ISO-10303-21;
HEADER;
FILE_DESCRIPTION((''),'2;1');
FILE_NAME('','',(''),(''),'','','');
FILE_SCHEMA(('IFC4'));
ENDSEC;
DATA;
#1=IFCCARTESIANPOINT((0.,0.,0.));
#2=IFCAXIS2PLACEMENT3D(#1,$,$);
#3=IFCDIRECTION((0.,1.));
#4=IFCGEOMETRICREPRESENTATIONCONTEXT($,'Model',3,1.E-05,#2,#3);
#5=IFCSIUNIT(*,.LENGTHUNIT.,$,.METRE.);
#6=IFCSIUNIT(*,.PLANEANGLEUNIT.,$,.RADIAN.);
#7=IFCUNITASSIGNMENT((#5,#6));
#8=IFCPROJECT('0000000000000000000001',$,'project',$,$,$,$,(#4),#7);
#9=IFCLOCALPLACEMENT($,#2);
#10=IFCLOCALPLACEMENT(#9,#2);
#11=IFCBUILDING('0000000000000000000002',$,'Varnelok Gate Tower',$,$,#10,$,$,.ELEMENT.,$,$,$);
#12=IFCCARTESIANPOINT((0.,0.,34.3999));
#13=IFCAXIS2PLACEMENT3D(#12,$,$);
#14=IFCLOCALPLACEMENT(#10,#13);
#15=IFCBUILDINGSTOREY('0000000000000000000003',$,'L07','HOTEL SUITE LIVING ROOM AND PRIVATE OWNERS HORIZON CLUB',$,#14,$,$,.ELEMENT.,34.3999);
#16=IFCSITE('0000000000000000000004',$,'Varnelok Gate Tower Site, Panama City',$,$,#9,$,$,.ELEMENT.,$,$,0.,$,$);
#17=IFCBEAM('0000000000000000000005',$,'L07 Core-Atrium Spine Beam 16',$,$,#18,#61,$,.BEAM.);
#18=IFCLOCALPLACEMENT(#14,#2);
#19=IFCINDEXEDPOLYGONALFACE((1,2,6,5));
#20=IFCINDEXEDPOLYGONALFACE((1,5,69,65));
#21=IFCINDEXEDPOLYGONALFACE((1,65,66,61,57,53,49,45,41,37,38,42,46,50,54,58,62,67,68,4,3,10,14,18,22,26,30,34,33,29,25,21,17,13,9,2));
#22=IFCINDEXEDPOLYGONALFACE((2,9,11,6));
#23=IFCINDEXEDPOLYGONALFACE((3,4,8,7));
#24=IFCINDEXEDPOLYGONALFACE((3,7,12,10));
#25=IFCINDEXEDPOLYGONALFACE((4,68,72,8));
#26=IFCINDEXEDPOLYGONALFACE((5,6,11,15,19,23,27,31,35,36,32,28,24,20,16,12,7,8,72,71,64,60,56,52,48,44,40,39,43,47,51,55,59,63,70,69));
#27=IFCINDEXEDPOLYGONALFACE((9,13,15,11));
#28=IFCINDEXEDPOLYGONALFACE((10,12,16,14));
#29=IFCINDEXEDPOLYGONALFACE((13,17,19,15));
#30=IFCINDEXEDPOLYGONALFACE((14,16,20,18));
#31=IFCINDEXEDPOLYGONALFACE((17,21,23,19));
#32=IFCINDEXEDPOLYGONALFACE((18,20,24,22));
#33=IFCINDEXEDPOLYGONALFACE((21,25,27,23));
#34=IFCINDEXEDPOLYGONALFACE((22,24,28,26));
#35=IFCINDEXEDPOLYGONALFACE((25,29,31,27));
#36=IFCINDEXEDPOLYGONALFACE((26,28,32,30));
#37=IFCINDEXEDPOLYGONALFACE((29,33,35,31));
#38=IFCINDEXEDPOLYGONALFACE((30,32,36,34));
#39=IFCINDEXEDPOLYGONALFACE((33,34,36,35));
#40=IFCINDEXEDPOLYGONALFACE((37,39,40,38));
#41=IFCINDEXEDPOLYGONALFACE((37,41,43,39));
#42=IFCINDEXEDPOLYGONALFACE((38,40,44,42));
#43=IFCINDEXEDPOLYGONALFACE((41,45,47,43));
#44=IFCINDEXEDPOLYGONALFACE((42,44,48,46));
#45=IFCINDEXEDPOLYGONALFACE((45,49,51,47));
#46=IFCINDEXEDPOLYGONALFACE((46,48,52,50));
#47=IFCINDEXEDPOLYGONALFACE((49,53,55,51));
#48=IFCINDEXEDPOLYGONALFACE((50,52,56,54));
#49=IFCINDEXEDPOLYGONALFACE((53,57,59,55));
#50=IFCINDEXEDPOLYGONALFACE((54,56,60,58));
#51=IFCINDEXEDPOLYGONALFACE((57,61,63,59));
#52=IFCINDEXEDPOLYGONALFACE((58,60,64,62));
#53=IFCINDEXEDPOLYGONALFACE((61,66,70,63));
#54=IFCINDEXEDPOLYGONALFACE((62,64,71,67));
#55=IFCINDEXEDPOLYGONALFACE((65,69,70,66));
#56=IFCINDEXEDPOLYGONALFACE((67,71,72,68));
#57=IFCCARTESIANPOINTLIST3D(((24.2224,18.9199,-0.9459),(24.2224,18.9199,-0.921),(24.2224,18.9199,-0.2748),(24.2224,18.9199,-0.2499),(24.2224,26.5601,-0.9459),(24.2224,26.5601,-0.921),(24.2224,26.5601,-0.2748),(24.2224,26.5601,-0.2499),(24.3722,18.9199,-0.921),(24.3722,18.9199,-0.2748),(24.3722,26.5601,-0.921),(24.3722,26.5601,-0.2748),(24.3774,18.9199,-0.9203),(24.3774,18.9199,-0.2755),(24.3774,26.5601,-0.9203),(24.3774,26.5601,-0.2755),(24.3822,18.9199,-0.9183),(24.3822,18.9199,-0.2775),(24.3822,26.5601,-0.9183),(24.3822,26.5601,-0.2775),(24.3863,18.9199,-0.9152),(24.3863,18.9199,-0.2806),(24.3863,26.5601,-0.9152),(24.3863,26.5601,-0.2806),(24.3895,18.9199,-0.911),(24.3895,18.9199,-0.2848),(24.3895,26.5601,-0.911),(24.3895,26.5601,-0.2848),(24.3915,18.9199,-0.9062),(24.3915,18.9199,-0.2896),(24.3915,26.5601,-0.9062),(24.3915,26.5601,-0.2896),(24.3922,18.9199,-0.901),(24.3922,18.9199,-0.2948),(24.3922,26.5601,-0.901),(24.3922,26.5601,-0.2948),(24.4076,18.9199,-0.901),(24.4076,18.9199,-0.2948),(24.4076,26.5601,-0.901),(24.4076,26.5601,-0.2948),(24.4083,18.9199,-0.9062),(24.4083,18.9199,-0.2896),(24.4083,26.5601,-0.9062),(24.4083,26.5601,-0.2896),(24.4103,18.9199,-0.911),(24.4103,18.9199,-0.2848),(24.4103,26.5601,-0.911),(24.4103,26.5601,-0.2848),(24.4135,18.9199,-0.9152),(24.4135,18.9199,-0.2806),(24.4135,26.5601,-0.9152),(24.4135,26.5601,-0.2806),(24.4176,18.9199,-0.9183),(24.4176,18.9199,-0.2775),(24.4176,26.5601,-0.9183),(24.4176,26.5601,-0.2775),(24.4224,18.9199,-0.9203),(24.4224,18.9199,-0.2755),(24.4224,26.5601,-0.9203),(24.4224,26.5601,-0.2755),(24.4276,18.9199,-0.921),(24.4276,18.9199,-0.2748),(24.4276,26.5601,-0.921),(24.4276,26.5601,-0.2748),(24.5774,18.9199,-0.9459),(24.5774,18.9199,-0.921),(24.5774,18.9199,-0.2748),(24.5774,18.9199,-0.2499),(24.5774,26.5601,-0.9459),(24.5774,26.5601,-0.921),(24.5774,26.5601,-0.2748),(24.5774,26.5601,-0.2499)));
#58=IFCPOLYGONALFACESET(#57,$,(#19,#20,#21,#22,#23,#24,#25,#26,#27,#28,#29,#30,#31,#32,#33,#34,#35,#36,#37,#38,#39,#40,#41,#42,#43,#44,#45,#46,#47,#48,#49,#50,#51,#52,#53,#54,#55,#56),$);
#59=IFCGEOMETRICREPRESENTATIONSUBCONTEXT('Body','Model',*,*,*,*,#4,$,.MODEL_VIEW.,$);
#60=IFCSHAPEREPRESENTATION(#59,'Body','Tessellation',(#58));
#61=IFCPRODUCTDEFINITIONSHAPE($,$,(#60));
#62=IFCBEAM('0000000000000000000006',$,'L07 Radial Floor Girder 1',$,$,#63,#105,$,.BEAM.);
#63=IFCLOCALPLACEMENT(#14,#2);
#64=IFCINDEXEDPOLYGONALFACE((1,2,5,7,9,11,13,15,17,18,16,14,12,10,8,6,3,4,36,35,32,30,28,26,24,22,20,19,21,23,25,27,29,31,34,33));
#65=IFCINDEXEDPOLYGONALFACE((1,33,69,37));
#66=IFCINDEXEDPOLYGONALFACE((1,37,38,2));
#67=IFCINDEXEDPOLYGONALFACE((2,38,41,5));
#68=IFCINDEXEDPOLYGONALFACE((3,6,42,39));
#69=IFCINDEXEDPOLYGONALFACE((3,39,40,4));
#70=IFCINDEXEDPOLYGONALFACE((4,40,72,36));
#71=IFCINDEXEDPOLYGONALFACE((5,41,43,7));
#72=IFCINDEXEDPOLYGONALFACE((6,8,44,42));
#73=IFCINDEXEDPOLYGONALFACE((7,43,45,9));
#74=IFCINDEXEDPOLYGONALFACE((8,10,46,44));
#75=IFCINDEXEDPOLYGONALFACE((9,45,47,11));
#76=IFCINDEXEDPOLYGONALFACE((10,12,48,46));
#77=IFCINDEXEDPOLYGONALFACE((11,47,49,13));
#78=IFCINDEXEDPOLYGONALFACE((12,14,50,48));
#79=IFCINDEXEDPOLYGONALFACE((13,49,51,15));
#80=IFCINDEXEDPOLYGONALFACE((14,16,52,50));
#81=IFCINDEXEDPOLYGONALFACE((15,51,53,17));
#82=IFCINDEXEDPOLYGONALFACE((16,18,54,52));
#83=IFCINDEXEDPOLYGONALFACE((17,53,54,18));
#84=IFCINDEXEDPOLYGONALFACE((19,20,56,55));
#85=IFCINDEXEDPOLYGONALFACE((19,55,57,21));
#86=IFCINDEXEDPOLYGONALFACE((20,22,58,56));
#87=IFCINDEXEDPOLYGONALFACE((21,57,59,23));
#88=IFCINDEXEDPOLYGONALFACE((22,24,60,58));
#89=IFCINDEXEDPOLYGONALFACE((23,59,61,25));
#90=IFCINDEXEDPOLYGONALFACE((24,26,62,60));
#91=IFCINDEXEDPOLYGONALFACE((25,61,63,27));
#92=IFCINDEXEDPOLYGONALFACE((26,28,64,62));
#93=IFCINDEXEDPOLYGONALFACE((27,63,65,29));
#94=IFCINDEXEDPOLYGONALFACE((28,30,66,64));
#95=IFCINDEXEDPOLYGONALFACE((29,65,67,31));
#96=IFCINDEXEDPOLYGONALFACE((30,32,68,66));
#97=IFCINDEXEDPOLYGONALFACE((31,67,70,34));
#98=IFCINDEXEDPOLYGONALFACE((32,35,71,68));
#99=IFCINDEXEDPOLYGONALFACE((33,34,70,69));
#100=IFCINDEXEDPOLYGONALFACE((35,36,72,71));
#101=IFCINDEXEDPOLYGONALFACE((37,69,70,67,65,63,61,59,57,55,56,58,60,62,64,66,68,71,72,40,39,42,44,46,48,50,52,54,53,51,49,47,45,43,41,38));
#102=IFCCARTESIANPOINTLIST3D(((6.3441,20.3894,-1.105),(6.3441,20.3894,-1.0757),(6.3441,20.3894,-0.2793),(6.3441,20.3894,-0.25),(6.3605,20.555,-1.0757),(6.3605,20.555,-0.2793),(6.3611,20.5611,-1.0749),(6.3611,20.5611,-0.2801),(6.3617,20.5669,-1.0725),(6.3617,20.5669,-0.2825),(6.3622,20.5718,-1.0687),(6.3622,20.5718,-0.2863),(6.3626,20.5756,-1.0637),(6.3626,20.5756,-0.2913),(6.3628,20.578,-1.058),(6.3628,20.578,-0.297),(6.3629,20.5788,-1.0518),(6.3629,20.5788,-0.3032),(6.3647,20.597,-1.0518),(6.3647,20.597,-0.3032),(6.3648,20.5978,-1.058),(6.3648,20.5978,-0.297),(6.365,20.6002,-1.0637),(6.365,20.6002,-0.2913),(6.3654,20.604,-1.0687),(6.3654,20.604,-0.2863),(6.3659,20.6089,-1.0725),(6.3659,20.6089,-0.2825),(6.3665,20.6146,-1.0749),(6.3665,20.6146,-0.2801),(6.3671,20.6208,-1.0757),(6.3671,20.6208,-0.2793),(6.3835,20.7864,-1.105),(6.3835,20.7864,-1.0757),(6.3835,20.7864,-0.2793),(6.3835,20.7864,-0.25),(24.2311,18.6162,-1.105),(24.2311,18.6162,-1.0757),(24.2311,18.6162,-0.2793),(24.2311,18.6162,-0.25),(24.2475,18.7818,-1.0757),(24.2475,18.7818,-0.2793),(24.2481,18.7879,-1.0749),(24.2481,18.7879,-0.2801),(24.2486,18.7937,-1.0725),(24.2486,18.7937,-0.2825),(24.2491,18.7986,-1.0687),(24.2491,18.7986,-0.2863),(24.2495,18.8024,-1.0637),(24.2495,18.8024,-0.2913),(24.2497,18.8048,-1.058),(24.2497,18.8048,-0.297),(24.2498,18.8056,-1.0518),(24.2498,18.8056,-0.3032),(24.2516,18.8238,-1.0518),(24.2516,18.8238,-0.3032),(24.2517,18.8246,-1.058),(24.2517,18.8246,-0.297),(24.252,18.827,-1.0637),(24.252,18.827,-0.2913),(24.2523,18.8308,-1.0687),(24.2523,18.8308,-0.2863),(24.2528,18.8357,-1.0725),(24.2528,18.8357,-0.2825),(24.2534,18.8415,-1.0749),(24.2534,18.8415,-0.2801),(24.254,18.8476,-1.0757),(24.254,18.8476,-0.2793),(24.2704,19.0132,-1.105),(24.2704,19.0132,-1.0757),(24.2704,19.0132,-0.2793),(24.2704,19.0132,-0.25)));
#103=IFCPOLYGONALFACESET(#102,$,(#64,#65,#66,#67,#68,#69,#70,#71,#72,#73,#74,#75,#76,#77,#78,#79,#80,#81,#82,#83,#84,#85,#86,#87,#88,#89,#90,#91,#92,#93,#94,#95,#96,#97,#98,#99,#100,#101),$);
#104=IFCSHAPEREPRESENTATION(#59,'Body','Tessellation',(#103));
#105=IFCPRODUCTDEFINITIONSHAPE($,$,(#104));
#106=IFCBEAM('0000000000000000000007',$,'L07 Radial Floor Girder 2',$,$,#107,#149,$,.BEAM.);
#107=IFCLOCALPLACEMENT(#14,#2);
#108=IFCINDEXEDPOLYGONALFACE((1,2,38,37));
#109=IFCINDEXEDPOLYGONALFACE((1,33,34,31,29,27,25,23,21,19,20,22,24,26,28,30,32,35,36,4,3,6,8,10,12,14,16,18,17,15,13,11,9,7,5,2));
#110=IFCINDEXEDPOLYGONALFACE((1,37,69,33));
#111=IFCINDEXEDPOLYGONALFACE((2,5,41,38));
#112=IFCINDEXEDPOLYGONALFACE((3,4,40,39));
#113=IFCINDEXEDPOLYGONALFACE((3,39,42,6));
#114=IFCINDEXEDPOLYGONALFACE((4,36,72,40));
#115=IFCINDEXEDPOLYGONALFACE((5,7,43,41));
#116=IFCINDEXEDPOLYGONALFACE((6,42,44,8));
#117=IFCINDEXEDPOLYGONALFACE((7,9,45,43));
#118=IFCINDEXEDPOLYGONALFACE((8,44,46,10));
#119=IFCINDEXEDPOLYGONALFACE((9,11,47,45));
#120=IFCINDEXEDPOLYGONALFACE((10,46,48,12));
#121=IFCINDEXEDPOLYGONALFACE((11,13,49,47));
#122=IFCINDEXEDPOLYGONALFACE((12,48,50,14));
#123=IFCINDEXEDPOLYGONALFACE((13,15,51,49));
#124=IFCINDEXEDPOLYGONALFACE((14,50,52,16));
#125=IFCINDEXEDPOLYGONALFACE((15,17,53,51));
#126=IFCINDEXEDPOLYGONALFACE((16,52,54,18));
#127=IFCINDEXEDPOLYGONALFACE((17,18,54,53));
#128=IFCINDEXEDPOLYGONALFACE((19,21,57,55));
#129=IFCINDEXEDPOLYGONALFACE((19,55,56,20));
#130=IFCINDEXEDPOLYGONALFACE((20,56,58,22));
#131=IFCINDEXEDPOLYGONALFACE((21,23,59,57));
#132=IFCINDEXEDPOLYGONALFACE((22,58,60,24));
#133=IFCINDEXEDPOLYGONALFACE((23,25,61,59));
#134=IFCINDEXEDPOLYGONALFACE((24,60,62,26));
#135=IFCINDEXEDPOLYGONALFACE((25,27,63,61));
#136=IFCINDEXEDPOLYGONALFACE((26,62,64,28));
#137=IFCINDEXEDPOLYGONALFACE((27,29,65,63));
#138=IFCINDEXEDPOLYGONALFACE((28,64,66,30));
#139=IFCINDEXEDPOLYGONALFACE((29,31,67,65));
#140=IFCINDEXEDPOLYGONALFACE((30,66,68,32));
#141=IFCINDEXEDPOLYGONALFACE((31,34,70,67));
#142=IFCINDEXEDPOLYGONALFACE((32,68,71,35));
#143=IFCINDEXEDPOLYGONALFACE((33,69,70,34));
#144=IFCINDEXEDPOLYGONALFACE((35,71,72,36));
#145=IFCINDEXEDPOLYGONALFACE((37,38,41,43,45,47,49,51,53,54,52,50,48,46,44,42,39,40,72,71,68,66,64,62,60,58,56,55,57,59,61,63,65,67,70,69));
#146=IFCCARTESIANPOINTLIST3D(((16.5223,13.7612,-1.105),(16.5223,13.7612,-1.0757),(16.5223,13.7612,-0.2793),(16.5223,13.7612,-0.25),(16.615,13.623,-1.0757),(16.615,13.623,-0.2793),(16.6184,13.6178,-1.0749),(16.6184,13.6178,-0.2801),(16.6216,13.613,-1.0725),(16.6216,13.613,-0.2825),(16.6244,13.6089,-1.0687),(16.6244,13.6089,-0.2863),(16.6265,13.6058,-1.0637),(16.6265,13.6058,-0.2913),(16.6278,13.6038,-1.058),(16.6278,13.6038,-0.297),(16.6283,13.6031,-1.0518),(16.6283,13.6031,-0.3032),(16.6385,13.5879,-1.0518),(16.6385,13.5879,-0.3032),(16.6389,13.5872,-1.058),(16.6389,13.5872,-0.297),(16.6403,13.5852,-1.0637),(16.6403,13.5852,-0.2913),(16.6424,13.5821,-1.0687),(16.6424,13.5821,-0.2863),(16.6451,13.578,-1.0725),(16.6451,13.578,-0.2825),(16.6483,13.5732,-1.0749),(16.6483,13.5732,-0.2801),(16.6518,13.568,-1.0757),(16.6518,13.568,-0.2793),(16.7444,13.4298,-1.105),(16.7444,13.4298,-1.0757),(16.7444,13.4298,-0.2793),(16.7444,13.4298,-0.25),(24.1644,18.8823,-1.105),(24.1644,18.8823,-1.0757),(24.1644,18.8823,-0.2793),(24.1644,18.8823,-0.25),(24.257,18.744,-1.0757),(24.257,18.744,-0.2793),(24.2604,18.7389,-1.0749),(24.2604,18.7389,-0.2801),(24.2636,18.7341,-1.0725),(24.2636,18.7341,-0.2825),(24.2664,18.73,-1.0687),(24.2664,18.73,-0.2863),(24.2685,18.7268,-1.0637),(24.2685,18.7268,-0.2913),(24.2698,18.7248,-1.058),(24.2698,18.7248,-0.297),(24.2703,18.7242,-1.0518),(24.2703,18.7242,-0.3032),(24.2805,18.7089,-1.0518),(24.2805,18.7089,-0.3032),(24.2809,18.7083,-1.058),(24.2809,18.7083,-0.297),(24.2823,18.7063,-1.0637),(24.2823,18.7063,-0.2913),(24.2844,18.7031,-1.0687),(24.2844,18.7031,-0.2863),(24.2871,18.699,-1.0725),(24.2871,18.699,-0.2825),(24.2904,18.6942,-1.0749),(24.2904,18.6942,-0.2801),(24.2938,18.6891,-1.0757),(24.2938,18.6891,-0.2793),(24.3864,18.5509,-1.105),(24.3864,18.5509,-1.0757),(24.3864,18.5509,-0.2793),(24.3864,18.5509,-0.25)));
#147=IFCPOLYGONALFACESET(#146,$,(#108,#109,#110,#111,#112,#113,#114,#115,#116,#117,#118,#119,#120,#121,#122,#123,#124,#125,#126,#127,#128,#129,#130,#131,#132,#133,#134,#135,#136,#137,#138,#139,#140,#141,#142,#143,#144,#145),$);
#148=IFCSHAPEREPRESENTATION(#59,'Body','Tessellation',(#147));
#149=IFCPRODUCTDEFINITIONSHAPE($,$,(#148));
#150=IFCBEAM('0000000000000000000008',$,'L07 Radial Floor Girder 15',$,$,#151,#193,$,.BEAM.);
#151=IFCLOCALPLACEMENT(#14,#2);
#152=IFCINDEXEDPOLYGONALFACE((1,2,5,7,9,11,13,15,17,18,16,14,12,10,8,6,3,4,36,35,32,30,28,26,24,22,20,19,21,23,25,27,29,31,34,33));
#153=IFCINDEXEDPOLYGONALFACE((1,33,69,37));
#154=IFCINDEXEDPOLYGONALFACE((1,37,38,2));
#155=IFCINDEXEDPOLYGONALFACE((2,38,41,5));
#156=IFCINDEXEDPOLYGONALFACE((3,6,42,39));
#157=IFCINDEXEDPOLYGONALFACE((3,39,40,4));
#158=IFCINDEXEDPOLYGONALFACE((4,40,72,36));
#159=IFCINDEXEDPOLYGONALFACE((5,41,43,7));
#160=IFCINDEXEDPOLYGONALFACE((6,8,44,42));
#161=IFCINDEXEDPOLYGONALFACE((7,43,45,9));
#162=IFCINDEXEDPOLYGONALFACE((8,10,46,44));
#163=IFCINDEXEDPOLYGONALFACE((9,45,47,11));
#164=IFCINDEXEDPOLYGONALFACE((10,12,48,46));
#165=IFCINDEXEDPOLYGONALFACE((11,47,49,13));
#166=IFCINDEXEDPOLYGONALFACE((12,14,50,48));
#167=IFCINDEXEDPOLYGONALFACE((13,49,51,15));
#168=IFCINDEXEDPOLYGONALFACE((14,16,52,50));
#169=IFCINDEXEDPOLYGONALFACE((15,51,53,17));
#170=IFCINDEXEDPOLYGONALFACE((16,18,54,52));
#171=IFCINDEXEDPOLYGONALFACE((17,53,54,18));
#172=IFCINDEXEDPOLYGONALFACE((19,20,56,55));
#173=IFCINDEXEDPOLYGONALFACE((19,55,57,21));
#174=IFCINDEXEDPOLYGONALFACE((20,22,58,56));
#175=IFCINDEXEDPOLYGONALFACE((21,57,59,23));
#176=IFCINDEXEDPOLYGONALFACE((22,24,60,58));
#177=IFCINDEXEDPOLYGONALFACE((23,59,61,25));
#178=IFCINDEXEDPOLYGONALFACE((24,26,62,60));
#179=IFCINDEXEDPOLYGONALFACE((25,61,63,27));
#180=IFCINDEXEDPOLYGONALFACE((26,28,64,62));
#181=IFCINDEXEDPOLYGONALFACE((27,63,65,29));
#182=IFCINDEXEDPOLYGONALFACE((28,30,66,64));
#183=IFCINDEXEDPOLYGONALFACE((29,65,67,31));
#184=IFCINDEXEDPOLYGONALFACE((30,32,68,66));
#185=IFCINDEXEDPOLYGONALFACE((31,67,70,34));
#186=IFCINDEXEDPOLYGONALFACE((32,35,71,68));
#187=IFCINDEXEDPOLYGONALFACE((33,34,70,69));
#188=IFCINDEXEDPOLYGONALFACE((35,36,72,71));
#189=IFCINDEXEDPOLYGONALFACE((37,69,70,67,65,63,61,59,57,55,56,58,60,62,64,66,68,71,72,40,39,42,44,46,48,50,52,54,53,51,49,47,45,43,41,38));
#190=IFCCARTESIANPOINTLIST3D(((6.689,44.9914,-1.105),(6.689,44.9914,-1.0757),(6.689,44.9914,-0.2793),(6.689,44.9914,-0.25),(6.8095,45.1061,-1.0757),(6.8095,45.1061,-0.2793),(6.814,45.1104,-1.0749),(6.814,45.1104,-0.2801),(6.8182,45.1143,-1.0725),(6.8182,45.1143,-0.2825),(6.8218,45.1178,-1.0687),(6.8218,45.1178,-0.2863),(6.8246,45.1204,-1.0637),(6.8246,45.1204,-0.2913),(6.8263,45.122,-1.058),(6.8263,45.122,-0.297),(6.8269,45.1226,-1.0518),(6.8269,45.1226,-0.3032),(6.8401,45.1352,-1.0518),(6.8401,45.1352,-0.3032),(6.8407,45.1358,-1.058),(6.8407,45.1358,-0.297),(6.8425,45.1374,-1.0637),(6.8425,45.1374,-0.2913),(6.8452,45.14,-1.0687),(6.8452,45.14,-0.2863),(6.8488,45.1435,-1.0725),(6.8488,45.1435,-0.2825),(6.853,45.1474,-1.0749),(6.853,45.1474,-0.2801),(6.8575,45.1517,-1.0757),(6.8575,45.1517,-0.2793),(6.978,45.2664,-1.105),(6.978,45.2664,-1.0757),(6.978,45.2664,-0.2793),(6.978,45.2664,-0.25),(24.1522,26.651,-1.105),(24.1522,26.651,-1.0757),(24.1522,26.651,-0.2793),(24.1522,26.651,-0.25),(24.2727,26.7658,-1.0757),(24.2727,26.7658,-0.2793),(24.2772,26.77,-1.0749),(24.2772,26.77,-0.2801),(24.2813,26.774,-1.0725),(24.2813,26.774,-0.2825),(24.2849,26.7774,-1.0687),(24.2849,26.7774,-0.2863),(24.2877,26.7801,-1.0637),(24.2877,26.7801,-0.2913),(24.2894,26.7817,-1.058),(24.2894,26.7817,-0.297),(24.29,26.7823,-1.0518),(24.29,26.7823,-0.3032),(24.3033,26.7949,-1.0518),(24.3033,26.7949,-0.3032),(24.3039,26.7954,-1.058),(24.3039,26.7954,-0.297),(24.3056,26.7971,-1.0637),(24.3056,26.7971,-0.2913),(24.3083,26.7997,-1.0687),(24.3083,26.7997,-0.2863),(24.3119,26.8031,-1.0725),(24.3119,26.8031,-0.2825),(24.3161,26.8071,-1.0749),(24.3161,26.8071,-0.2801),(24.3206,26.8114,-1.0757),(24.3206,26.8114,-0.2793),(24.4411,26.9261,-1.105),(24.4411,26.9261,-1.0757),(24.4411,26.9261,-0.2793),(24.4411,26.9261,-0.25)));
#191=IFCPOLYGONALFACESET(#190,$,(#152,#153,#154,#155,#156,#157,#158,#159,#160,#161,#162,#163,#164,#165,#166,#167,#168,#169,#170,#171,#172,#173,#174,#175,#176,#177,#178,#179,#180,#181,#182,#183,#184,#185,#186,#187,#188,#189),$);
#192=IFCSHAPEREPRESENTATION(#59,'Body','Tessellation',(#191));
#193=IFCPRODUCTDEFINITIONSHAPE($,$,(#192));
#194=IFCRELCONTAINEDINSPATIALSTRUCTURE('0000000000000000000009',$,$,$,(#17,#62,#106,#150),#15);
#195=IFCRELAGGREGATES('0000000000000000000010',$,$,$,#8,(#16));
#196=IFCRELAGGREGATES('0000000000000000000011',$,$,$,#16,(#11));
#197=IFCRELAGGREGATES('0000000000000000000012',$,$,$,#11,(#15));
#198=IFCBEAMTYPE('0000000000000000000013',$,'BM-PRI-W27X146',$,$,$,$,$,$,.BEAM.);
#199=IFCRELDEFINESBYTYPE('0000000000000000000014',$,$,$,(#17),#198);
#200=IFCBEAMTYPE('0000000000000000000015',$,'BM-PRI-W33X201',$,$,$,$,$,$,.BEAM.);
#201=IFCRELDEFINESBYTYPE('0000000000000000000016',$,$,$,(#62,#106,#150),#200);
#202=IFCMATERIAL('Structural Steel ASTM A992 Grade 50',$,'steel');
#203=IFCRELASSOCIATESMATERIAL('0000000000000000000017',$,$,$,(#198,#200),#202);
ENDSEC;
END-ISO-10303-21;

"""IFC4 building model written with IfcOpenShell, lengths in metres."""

from ifc_helpers import new_model, si_unit, direction, frame, origin, origin_2d, place, context, subcontext, project, spatial, i_section, extrude, material, material_profile, profile_set, type_object, element, save


model = new_model("IFC4")

# Units and contexts
model_context = context("Model", 3, precision=1e-05, world=origin(), true_north=direction((0.0, 1.0)))
body_context = subcontext(model_context, "Body", "Model", "MODEL_VIEW")
ifc_project = project(units=[si_unit("LENGTHUNIT", "METRE"), si_unit("PLANEANGLEUNIT", "RADIAN")], contexts=[model_context])

# Site, building, storey
site_placement = place(None, origin())
site = spatial("IfcSite", under=ifc_project, at=site_placement, Name="Varnelok Gate Tower Site, Panama City", CompositionType="ELEMENT", RefElevation=0.0)
building_placement = place(site_placement, origin())
building = spatial("IfcBuilding", under=site, at=building_placement, Name="Varnelok Gate Tower", CompositionType="ELEMENT")
storey_placement = place(building_placement, frame((0.0, 0.0, 34.3999)))
storey = spatial("IfcBuildingStorey", under=building, at=storey_placement, Name="L07", Description="HOTEL SUITE LIVING ROOM AND PRIVATE OWNERS HORIZON CLUB", CompositionType="ELEMENT", Elevation=34.3999)

# Shared definitions
ifc_material_1 = material(Name="Structural Steel ASTM A992 Grade 50", Category="steel")

# Beams
ifc_material_profile_1 = material_profile(ifc_material_1, i_section(OverallWidth=0.355, OverallDepth=0.696, WebThickness=0.0154, FlangeThickness=0.0249, FilletRadius=0.02, at=origin_2d()), Name="W27X146")
ifc_profile_set_1 = profile_set([ifc_material_profile_1], Name="Structural Steel ASTM A992 Grade 50")
beam_type_1 = type_object("IfcBeamType", Name="BM-PRI-W27X146", PredefinedType="BEAM", material=ifc_profile_set_1)
beam_1_placement = place(storey_placement, frame((24.3999, 18.9199, -0.5979), z_axis=(0.0, 1.0, 0.0), x_axis=(-1.0, 0.0, 0.0)))
element("IfcBeam", 1, at=beam_1_placement, inside=storey, type_object=beam_type_1, Name="L07 Core-Atrium Spine Beam 16", PredefinedType="BEAM", context=body_context, shape_type="SweptSolid", body=[
    extrude(i_section(OverallWidth=0.355, OverallDepth=0.696, WebThickness=0.0154, FlangeThickness=0.0249, FilletRadius=0.02, at=origin_2d()), origin(), (0.0, 0.0, 1.0), 7.6401),
])
ifc_material_profile_2 = material_profile(ifc_material_1, i_section(OverallWidth=0.3989, OverallDepth=0.855, WebThickness=0.0183, FlangeThickness=0.0293, FilletRadius=0.0239, at=origin_2d()), Name="W33X201")
ifc_profile_set_2 = profile_set([ifc_material_profile_2], Name="Structural Steel ASTM A992 Grade 50")
beam_type_2 = type_object("IfcBeamType", Name="BM-PRI-W33X201", PredefinedType="BEAM", material=ifc_profile_set_2)
beam_2_placement = place(storey_placement, frame((24.2507, 18.8147, -0.6775), z_axis=(-0.995122, 0.09865, 0.0), x_axis=(-0.09865, -0.995122, 0.0)))
element("IfcBeam", 2, at=beam_2_placement, inside=storey, type_object=beam_type_2, Name="L07 Radial Floor Girder 1", PredefinedType="BEAM", context=body_context, shape_type="SweptSolid", body=[
    extrude(i_section(OverallWidth=0.3989, OverallDepth=0.855, WebThickness=0.0183, FlangeThickness=0.0293, FilletRadius=0.0239, at=origin_2d()), origin(), (0.0, 0.0, 1.0), 17.9746),
])
beam_3_placement = place(storey_placement, frame((24.2754, 18.7166, -0.6775), z_axis=(-0.830725, -0.556683, 0.0), x_axis=(0.556683, -0.830725, 0.0)))
element("IfcBeam", 3, at=beam_3_placement, inside=storey, type_object=beam_type_2, Name="L07 Radial Floor Girder 2", PredefinedType="BEAM", context=body_context, shape_type="SweptSolid", body=[
    extrude(i_section(OverallWidth=0.3989, OverallDepth=0.855, WebThickness=0.0183, FlangeThickness=0.0293, FilletRadius=0.0239, at=origin_2d()), origin(), (0.0, 0.0, 1.0), 9.1992),
])
beam_4_placement = place(storey_placement, frame((24.2966, 26.7886, -0.6775), z_axis=(-0.689575, 0.724214, 0.0), x_axis=(-0.724214, -0.689575, 0.0)))
element("IfcBeam", 4, at=beam_4_placement, inside=storey, type_object=beam_type_2, Name="L07 Radial Floor Girder 15", PredefinedType="BEAM", context=body_context, shape_type="SweptSolid", body=[
    extrude(i_section(OverallWidth=0.3989, OverallDepth=0.855, WebThickness=0.0183, FlangeThickness=0.0293, FilletRadius=0.0239, at=origin_2d()), origin(), (0.0, 0.0, 1.0), 25.3245),
])

save(model, "model.ifc")
